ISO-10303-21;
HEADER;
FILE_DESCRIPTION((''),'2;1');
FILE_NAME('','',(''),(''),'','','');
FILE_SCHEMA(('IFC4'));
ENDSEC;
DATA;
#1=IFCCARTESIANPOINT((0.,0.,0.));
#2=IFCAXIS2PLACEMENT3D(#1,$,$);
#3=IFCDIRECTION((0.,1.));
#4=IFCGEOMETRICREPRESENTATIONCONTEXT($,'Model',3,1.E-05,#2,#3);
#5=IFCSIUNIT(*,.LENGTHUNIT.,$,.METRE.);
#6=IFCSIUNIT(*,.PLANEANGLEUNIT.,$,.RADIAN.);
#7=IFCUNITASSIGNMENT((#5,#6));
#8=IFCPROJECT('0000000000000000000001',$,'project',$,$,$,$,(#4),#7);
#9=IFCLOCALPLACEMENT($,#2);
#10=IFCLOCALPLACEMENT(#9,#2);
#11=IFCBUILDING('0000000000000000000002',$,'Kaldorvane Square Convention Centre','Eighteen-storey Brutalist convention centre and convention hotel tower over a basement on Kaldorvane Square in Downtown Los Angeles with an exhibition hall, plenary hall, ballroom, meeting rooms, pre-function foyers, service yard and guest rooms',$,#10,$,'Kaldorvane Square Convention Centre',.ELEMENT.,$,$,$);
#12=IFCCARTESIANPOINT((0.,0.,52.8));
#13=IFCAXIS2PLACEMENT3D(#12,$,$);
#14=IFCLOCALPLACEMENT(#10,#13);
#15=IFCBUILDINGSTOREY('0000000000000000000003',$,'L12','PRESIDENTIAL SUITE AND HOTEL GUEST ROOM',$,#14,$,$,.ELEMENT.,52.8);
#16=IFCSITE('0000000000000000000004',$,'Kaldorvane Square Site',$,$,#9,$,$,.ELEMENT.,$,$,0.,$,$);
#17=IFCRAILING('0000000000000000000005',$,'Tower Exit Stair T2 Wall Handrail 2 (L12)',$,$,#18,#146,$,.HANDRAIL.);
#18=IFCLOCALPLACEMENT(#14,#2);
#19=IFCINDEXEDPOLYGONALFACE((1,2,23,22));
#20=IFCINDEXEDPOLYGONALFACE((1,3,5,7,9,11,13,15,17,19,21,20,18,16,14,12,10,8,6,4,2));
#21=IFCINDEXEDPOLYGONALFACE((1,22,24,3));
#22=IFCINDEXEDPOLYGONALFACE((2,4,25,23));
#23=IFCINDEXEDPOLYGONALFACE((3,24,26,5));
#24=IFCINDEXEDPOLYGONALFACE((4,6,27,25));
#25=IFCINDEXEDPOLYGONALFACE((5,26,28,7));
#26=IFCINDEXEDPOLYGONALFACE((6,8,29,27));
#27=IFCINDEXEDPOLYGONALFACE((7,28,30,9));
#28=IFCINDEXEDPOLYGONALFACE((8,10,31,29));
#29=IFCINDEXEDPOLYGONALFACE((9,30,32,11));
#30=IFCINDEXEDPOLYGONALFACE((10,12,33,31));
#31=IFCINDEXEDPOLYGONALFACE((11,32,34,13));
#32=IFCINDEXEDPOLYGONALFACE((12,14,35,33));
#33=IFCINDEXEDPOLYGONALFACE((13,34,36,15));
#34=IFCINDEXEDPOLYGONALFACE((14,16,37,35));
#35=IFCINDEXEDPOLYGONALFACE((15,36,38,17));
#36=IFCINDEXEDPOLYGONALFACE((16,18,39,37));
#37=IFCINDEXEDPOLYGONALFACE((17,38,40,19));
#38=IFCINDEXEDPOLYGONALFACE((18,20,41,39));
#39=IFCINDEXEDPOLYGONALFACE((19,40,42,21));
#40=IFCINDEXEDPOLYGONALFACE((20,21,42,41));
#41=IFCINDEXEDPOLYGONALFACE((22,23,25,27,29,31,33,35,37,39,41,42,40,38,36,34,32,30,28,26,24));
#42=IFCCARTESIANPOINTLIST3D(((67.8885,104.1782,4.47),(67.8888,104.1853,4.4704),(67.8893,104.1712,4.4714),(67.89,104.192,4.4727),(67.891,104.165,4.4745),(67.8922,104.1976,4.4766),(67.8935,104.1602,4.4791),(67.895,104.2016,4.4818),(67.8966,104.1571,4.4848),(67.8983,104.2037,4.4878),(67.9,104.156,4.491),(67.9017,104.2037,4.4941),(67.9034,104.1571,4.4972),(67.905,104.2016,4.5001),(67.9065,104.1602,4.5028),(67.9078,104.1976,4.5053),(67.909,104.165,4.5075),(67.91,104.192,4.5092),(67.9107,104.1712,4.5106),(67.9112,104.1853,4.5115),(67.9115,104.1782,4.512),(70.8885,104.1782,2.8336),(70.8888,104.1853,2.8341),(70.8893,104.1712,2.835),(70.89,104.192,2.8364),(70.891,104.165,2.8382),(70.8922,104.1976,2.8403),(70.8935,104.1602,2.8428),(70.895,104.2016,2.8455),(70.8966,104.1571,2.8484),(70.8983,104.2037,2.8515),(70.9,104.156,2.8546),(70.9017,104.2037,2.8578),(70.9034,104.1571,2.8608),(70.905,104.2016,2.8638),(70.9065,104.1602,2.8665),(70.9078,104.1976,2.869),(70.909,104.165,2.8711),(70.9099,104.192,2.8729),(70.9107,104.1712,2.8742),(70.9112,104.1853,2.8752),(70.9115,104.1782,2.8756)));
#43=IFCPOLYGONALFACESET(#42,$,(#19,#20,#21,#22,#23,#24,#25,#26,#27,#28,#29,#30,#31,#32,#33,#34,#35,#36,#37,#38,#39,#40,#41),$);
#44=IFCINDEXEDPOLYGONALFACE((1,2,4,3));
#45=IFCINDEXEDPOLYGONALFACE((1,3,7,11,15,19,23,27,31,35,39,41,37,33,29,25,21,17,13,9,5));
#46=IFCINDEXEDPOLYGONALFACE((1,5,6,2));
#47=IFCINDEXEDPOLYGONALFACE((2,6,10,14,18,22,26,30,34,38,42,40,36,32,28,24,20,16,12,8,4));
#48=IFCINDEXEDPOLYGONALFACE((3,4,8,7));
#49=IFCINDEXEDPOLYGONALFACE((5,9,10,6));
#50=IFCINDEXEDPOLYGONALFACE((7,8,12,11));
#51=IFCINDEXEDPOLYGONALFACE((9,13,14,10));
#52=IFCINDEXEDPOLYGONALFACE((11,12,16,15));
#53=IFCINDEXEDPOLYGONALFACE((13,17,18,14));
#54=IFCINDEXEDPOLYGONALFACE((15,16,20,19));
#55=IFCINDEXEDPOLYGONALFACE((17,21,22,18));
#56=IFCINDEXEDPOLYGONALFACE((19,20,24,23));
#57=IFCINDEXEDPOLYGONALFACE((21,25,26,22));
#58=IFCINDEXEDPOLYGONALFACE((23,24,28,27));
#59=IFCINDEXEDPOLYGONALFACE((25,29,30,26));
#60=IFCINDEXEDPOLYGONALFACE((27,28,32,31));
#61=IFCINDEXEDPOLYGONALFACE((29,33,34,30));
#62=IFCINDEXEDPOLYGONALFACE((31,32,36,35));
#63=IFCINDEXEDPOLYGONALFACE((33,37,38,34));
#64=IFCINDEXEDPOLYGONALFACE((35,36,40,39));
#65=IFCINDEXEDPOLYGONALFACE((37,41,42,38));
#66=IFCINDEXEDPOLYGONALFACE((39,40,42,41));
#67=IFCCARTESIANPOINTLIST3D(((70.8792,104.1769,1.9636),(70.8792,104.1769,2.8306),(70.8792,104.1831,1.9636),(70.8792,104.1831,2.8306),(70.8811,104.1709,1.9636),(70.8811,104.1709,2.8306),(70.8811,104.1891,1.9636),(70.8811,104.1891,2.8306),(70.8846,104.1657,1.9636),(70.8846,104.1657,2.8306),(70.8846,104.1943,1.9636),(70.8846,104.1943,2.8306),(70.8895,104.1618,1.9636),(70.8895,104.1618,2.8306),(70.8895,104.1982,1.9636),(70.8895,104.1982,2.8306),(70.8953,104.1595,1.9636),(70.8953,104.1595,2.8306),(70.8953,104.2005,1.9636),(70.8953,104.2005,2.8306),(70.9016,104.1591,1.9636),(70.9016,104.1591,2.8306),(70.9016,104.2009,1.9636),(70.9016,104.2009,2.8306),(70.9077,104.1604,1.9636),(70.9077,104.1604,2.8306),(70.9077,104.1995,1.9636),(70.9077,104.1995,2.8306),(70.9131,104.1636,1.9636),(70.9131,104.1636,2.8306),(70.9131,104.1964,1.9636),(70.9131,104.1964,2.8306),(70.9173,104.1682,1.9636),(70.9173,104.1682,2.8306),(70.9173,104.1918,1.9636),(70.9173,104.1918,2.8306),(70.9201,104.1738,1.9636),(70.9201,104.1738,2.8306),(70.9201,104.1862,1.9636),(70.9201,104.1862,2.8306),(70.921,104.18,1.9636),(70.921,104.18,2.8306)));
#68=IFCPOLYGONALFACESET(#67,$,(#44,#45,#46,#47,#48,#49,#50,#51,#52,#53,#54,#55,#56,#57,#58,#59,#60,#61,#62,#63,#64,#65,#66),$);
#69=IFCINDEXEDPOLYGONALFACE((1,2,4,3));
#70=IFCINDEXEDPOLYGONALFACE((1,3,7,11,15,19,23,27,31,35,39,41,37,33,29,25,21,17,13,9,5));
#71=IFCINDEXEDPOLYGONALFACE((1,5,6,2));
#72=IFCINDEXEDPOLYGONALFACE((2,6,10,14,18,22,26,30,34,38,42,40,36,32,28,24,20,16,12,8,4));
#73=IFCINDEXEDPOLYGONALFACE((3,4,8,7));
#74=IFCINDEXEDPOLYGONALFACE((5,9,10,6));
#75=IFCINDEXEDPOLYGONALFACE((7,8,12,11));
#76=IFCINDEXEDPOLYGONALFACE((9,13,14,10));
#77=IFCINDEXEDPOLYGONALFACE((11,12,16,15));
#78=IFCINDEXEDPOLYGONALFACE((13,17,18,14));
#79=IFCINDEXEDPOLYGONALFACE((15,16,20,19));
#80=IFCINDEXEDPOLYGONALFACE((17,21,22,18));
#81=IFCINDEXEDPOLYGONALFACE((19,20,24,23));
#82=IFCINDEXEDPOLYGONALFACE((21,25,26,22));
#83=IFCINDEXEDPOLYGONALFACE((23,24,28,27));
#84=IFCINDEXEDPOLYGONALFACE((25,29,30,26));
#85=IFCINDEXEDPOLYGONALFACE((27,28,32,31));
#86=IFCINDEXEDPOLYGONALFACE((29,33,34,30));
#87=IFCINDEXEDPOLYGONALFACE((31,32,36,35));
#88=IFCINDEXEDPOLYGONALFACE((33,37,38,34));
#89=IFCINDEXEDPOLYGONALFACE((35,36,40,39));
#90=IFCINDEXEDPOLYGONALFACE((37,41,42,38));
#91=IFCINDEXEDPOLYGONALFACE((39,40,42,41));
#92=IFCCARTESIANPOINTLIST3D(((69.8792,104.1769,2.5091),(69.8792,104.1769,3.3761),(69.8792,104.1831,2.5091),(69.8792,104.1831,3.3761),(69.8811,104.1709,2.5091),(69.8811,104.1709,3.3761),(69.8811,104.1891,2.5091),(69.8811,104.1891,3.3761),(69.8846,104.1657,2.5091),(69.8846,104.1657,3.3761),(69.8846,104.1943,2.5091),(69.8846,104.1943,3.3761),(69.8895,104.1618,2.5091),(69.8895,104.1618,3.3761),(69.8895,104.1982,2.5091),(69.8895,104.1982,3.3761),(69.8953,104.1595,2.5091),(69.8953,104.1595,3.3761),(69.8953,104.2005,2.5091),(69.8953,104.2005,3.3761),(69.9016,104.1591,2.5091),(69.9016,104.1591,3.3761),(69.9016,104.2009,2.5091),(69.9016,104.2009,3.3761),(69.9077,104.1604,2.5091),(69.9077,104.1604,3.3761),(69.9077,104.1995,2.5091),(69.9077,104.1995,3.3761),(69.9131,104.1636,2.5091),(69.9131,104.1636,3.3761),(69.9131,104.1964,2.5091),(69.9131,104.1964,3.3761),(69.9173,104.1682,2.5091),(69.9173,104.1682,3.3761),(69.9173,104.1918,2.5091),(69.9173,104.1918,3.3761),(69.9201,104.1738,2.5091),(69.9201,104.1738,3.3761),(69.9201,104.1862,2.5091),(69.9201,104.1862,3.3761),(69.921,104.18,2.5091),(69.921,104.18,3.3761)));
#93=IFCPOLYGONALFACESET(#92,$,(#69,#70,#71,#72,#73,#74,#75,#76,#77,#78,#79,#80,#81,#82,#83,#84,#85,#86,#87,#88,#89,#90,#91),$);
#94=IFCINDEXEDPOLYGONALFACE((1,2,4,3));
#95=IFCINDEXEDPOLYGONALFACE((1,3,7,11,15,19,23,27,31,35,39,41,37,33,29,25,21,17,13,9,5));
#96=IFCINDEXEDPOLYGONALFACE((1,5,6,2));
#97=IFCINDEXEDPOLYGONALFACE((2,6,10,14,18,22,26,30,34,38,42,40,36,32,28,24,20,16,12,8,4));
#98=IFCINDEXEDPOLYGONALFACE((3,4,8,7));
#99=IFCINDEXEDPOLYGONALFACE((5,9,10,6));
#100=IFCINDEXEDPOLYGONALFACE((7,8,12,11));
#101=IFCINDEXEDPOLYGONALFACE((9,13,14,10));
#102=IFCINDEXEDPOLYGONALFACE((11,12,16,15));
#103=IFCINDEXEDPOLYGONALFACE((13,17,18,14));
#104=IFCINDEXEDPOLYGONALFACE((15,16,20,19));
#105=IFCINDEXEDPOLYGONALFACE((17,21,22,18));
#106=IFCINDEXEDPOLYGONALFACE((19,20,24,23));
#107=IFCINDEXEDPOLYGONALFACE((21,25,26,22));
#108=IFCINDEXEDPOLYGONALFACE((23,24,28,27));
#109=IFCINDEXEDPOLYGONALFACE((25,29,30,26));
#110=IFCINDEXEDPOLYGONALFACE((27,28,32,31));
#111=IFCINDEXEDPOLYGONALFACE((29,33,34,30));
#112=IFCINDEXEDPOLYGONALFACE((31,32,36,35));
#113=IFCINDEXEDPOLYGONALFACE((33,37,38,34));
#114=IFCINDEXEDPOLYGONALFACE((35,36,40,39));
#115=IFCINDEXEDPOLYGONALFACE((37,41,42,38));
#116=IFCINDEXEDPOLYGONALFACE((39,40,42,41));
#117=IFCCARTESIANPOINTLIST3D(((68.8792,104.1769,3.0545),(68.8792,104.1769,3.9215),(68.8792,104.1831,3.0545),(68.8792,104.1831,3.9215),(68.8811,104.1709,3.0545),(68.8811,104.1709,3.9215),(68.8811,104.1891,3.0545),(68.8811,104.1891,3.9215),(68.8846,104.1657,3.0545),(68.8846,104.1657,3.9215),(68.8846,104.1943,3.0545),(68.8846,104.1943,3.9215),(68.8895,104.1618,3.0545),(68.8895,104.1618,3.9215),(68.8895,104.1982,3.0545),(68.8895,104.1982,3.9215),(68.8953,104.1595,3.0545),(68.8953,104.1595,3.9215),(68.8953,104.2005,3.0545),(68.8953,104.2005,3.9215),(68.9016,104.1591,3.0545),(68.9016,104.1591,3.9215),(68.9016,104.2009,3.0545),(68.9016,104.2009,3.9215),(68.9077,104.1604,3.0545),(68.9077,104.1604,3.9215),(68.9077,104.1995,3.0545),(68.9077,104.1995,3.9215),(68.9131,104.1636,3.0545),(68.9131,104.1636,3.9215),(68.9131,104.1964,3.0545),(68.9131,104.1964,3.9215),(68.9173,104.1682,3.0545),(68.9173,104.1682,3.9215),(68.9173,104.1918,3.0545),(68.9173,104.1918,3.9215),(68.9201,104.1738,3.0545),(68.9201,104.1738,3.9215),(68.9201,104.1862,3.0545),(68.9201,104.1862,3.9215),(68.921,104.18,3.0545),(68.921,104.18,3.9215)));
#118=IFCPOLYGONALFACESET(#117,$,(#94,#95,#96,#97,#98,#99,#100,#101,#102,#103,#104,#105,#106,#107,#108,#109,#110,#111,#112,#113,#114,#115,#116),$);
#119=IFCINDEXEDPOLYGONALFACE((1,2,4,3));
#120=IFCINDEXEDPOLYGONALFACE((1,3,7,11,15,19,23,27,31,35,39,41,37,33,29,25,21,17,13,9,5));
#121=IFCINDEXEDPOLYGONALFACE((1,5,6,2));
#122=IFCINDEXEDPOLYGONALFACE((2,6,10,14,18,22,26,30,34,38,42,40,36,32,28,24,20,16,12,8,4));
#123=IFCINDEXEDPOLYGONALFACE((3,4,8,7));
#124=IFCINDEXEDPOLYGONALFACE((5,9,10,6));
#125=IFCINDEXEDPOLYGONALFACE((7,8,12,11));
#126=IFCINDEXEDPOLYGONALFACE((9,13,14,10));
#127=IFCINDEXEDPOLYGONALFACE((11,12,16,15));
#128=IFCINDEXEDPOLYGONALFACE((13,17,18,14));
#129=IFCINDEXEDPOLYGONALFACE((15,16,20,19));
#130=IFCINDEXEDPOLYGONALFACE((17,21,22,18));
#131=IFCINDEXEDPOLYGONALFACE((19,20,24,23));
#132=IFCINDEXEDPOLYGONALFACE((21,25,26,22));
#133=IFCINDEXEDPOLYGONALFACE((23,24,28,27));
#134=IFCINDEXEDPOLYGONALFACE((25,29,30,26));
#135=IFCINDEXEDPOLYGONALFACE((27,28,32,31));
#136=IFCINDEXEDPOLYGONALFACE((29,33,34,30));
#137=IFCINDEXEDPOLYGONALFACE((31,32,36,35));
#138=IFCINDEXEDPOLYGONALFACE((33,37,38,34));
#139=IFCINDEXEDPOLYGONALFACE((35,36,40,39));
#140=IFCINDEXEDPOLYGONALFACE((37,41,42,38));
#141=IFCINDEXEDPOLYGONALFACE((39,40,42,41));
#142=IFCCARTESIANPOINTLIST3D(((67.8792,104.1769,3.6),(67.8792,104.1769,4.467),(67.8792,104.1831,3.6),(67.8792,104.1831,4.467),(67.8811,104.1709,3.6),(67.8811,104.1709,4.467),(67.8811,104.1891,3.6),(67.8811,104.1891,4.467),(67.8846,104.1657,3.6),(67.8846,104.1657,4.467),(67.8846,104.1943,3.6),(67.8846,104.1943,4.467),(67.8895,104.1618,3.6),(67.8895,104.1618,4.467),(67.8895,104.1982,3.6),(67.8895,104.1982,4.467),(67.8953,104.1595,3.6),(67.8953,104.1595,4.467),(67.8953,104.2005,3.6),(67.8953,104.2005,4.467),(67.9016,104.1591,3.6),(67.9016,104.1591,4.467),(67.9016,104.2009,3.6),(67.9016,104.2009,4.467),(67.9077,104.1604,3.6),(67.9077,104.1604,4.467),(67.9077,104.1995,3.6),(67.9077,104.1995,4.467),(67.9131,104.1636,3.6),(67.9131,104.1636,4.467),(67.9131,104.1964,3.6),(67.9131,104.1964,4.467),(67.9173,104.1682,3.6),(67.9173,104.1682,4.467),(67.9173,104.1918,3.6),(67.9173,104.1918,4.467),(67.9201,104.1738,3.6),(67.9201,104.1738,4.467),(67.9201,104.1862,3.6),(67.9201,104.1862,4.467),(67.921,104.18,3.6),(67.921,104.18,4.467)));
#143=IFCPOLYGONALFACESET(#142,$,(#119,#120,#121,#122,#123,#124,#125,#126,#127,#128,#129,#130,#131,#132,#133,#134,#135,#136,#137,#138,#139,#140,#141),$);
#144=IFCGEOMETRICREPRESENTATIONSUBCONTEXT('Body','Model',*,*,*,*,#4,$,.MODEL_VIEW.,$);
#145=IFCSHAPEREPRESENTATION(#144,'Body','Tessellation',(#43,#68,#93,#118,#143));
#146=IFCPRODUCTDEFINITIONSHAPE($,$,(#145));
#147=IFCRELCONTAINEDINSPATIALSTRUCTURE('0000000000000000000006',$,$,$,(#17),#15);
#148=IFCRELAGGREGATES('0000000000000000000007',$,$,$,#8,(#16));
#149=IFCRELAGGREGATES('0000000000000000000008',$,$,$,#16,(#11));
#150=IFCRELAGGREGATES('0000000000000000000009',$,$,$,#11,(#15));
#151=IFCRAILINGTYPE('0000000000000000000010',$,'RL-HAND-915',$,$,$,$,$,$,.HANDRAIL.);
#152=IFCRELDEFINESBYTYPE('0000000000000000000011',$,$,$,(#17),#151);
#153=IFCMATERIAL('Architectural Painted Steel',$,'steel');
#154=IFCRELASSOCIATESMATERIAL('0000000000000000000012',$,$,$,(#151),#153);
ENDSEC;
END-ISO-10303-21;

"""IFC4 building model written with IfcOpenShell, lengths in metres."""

from ifc_helpers import new_model, si_unit, direction, frame, origin, origin_2d, place, context, subcontext, project, spatial, circle, extrude, material, type_object, element, save


model = new_model("IFC4")

# Units and contexts
model_context = context("Model", 3, precision=1e-05, world=origin(), true_north=direction((0.0, 1.0)))
body_context = subcontext(model_context, "Body", "Model", "MODEL_VIEW")
ifc_project = project(units=[si_unit("LENGTHUNIT", "METRE"), si_unit("PLANEANGLEUNIT", "RADIAN")], contexts=[model_context])

# Site, building, storey
site_placement = place(None, origin())
site = spatial("IfcSite", under=ifc_project, at=site_placement, Name="Kaldorvane Square Site", CompositionType="ELEMENT", RefElevation=0.0)
building_placement = place(site_placement, origin())
building = spatial("IfcBuilding", under=site, at=building_placement, Name="Kaldorvane Square Convention Centre", Description="Eighteen-storey Brutalist convention centre and convention hotel tower over a basement on Kaldorvane Square in Downtown Los Angeles with an exhibition hall, plenary hall, ballroom, meeting rooms, pre-function foyers, service yard and guest rooms", LongName="Kaldorvane Square Convention Centre", CompositionType="ELEMENT")
storey_placement = place(building_placement, frame((0.0, 0.0, 52.8)))
storey = spatial("IfcBuildingStorey", under=building, at=storey_placement, Name="L12", Description="PRESIDENTIAL SUITE AND HOTEL GUEST ROOM", CompositionType="ELEMENT", Elevation=52.8)

# Railing
ifc_material_1 = material(Name="Architectural Painted Steel", Category="steel")
railing_type_1 = type_object("IfcRailingType", Name="RL-HAND-915", PredefinedType="HANDRAIL", material=ifc_material_1)
railing_1_placement = place(storey_placement, frame((70.9, 104.18, 1.9636)))
element("IfcRailing", 1, at=railing_1_placement, inside=storey, type_object=railing_type_1, Name="Tower Exit Stair T2 Wall Handrail 2 (L12)", PredefinedType="HANDRAIL", context=body_context, shape_type="SweptSolid", body=[
    extrude(circle(Radius=0.024, at=origin_2d()), frame((0.0, 0.0, 0.891), z_axis=(-0.877897, 0.0, 0.47885), x_axis=(0.0, -1.0, 0.0)), (0.0, 0.0, 1.0), 3.4173),
    extrude(circle(Radius=0.021, at=origin_2d()), origin(), (0.0, 0.0, 1.0), 0.867),
    extrude(circle(Radius=0.021, at=origin_2d()), frame((-1.0, 0.0, 0.5455)), (0.0, 0.0, 1.0), 0.867),
    extrude(circle(Radius=0.021, at=origin_2d()), frame((-2.0, 0.0, 1.0909)), (0.0, 0.0, 1.0), 0.867),
    extrude(circle(Radius=0.021, at=origin_2d()), frame((-3.0, 0.0, 1.6364)), (0.0, 0.0, 1.0), 0.867),
])

save(model, "model.ifc")
